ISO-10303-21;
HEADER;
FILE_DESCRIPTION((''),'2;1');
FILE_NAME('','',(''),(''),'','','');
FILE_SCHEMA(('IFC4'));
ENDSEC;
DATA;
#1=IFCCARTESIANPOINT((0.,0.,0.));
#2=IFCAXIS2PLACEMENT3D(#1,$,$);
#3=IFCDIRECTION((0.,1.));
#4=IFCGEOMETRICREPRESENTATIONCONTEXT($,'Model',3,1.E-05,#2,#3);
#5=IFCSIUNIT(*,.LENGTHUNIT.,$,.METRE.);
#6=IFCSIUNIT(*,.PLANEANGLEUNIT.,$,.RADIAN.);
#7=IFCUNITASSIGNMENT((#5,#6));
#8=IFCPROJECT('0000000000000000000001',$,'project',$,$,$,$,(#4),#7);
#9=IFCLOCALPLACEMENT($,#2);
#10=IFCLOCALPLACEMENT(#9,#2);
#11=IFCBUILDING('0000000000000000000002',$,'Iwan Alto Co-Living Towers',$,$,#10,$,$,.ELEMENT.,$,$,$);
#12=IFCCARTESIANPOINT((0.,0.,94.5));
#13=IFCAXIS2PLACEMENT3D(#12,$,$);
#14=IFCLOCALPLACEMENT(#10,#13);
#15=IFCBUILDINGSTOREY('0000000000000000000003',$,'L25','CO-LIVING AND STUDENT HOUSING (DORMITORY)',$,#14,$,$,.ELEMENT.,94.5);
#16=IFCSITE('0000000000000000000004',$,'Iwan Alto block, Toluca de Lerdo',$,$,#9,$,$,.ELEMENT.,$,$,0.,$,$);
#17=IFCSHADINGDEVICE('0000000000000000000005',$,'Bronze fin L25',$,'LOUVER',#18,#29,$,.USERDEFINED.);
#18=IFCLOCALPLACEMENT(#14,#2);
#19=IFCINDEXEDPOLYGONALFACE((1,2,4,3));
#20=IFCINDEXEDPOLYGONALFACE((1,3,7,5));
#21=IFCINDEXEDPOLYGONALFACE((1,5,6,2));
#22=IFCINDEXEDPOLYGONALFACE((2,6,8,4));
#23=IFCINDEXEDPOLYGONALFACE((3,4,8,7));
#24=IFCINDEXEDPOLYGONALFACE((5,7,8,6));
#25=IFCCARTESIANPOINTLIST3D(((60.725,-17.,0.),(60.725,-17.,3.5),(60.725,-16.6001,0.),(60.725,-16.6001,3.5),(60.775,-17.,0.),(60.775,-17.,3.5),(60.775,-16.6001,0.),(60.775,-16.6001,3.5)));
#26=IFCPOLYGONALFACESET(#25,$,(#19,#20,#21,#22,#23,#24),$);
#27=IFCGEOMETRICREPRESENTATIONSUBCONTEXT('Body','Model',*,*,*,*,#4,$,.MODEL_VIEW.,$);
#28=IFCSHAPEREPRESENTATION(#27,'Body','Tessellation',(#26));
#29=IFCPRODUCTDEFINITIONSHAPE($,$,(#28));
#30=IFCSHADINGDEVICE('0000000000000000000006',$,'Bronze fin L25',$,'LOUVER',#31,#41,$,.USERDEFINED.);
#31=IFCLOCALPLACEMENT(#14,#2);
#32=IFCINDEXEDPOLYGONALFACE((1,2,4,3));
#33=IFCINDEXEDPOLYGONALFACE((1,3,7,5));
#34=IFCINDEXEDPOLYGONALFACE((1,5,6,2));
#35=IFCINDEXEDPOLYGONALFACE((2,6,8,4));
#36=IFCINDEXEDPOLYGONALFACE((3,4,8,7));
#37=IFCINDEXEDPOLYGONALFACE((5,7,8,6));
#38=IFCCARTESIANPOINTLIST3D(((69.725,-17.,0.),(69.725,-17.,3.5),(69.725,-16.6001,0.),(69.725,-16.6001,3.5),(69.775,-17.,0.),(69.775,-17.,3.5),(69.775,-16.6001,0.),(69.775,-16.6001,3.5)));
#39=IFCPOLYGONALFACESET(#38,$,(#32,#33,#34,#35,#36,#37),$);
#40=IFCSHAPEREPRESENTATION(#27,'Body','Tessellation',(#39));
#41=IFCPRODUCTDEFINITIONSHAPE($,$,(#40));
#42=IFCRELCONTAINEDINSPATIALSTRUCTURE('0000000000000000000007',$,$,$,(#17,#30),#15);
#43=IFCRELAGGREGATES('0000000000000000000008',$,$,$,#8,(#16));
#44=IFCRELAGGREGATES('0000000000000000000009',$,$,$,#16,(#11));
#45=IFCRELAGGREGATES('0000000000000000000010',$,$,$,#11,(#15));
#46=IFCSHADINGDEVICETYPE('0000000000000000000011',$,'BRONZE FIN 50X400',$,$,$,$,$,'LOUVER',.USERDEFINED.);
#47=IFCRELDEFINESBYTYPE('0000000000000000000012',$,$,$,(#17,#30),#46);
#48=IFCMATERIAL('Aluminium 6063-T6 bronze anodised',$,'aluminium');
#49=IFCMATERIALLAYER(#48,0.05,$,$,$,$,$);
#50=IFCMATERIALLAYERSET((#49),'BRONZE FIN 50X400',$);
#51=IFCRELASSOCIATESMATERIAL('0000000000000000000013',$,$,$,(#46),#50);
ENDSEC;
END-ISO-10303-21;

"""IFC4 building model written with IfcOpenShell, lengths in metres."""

from ifc_helpers import new_model, si_unit, direction, frame, origin, origin_2d, place, context, subcontext, project, spatial, rectangle, extrude, material, layer, layer_set, type_object, element, save


model = new_model("IFC4")

# Units and contexts
model_context = context("Model", 3, precision=1e-05, world=origin(), true_north=direction((0.0, 1.0)))
body_context = subcontext(model_context, "Body", "Model", "MODEL_VIEW")
ifc_project = project(units=[si_unit("LENGTHUNIT", "METRE"), si_unit("PLANEANGLEUNIT", "RADIAN")], contexts=[model_context])

# Site, building, storey
site_placement = place(None, origin())
site = spatial("IfcSite", under=ifc_project, at=site_placement, Name="Iwan Alto block, Toluca de Lerdo", CompositionType="ELEMENT", RefElevation=0.0)
building_placement = place(site_placement, origin())
building = spatial("IfcBuilding", under=site, at=building_placement, Name="Iwan Alto Co-Living Towers", CompositionType="ELEMENT")
storey_placement = place(building_placement, frame((0.0, 0.0, 94.5)))
storey = spatial("IfcBuildingStorey", under=building, at=storey_placement, Name="L25", Description="CO-LIVING AND STUDENT HOUSING (DORMITORY)", CompositionType="ELEMENT", Elevation=94.5)

# Shading devices
ifc_material_1 = material(Name="Aluminium 6063-T6 bronze anodised", Category="aluminium")
ifc_layer_1 = layer(ifc_material_1, 0.05)
ifc_layer_set_1 = layer_set([ifc_layer_1], Name="BRONZE FIN 50X400")
shading_device_type = type_object("IfcShadingDeviceType", Name="BRONZE FIN 50X400", ElementType="LOUVER", PredefinedType="USERDEFINED", material=ifc_layer_set_1)
for number, where, z_axis, x_axis, name in (
    (1, (60.75, -16.8, 0.0), (0.0, 0.0, 1.0), (1.0, 0.0, 0.0), "Bronze fin L25"),
    (2, (69.75, -16.8, 0.0), (0.0, 0.0, 1.0), (1.0, 0.0, 0.0), "Bronze fin L25"),
):
    element("IfcShadingDevice", number, at=place(storey_placement, frame(where, z_axis=z_axis, x_axis=x_axis)), inside=storey, type_object=shading_device_type, Name=name, ObjectType="LOUVER", PredefinedType="USERDEFINED", context=body_context, shape_type="SweptSolid", body=[
        extrude(rectangle(XDim=0.05, YDim=0.3999, at=origin_2d()), origin(), (0.0, 0.0, 1.0), 3.5),
    ])

save(model, "model.ifc")
